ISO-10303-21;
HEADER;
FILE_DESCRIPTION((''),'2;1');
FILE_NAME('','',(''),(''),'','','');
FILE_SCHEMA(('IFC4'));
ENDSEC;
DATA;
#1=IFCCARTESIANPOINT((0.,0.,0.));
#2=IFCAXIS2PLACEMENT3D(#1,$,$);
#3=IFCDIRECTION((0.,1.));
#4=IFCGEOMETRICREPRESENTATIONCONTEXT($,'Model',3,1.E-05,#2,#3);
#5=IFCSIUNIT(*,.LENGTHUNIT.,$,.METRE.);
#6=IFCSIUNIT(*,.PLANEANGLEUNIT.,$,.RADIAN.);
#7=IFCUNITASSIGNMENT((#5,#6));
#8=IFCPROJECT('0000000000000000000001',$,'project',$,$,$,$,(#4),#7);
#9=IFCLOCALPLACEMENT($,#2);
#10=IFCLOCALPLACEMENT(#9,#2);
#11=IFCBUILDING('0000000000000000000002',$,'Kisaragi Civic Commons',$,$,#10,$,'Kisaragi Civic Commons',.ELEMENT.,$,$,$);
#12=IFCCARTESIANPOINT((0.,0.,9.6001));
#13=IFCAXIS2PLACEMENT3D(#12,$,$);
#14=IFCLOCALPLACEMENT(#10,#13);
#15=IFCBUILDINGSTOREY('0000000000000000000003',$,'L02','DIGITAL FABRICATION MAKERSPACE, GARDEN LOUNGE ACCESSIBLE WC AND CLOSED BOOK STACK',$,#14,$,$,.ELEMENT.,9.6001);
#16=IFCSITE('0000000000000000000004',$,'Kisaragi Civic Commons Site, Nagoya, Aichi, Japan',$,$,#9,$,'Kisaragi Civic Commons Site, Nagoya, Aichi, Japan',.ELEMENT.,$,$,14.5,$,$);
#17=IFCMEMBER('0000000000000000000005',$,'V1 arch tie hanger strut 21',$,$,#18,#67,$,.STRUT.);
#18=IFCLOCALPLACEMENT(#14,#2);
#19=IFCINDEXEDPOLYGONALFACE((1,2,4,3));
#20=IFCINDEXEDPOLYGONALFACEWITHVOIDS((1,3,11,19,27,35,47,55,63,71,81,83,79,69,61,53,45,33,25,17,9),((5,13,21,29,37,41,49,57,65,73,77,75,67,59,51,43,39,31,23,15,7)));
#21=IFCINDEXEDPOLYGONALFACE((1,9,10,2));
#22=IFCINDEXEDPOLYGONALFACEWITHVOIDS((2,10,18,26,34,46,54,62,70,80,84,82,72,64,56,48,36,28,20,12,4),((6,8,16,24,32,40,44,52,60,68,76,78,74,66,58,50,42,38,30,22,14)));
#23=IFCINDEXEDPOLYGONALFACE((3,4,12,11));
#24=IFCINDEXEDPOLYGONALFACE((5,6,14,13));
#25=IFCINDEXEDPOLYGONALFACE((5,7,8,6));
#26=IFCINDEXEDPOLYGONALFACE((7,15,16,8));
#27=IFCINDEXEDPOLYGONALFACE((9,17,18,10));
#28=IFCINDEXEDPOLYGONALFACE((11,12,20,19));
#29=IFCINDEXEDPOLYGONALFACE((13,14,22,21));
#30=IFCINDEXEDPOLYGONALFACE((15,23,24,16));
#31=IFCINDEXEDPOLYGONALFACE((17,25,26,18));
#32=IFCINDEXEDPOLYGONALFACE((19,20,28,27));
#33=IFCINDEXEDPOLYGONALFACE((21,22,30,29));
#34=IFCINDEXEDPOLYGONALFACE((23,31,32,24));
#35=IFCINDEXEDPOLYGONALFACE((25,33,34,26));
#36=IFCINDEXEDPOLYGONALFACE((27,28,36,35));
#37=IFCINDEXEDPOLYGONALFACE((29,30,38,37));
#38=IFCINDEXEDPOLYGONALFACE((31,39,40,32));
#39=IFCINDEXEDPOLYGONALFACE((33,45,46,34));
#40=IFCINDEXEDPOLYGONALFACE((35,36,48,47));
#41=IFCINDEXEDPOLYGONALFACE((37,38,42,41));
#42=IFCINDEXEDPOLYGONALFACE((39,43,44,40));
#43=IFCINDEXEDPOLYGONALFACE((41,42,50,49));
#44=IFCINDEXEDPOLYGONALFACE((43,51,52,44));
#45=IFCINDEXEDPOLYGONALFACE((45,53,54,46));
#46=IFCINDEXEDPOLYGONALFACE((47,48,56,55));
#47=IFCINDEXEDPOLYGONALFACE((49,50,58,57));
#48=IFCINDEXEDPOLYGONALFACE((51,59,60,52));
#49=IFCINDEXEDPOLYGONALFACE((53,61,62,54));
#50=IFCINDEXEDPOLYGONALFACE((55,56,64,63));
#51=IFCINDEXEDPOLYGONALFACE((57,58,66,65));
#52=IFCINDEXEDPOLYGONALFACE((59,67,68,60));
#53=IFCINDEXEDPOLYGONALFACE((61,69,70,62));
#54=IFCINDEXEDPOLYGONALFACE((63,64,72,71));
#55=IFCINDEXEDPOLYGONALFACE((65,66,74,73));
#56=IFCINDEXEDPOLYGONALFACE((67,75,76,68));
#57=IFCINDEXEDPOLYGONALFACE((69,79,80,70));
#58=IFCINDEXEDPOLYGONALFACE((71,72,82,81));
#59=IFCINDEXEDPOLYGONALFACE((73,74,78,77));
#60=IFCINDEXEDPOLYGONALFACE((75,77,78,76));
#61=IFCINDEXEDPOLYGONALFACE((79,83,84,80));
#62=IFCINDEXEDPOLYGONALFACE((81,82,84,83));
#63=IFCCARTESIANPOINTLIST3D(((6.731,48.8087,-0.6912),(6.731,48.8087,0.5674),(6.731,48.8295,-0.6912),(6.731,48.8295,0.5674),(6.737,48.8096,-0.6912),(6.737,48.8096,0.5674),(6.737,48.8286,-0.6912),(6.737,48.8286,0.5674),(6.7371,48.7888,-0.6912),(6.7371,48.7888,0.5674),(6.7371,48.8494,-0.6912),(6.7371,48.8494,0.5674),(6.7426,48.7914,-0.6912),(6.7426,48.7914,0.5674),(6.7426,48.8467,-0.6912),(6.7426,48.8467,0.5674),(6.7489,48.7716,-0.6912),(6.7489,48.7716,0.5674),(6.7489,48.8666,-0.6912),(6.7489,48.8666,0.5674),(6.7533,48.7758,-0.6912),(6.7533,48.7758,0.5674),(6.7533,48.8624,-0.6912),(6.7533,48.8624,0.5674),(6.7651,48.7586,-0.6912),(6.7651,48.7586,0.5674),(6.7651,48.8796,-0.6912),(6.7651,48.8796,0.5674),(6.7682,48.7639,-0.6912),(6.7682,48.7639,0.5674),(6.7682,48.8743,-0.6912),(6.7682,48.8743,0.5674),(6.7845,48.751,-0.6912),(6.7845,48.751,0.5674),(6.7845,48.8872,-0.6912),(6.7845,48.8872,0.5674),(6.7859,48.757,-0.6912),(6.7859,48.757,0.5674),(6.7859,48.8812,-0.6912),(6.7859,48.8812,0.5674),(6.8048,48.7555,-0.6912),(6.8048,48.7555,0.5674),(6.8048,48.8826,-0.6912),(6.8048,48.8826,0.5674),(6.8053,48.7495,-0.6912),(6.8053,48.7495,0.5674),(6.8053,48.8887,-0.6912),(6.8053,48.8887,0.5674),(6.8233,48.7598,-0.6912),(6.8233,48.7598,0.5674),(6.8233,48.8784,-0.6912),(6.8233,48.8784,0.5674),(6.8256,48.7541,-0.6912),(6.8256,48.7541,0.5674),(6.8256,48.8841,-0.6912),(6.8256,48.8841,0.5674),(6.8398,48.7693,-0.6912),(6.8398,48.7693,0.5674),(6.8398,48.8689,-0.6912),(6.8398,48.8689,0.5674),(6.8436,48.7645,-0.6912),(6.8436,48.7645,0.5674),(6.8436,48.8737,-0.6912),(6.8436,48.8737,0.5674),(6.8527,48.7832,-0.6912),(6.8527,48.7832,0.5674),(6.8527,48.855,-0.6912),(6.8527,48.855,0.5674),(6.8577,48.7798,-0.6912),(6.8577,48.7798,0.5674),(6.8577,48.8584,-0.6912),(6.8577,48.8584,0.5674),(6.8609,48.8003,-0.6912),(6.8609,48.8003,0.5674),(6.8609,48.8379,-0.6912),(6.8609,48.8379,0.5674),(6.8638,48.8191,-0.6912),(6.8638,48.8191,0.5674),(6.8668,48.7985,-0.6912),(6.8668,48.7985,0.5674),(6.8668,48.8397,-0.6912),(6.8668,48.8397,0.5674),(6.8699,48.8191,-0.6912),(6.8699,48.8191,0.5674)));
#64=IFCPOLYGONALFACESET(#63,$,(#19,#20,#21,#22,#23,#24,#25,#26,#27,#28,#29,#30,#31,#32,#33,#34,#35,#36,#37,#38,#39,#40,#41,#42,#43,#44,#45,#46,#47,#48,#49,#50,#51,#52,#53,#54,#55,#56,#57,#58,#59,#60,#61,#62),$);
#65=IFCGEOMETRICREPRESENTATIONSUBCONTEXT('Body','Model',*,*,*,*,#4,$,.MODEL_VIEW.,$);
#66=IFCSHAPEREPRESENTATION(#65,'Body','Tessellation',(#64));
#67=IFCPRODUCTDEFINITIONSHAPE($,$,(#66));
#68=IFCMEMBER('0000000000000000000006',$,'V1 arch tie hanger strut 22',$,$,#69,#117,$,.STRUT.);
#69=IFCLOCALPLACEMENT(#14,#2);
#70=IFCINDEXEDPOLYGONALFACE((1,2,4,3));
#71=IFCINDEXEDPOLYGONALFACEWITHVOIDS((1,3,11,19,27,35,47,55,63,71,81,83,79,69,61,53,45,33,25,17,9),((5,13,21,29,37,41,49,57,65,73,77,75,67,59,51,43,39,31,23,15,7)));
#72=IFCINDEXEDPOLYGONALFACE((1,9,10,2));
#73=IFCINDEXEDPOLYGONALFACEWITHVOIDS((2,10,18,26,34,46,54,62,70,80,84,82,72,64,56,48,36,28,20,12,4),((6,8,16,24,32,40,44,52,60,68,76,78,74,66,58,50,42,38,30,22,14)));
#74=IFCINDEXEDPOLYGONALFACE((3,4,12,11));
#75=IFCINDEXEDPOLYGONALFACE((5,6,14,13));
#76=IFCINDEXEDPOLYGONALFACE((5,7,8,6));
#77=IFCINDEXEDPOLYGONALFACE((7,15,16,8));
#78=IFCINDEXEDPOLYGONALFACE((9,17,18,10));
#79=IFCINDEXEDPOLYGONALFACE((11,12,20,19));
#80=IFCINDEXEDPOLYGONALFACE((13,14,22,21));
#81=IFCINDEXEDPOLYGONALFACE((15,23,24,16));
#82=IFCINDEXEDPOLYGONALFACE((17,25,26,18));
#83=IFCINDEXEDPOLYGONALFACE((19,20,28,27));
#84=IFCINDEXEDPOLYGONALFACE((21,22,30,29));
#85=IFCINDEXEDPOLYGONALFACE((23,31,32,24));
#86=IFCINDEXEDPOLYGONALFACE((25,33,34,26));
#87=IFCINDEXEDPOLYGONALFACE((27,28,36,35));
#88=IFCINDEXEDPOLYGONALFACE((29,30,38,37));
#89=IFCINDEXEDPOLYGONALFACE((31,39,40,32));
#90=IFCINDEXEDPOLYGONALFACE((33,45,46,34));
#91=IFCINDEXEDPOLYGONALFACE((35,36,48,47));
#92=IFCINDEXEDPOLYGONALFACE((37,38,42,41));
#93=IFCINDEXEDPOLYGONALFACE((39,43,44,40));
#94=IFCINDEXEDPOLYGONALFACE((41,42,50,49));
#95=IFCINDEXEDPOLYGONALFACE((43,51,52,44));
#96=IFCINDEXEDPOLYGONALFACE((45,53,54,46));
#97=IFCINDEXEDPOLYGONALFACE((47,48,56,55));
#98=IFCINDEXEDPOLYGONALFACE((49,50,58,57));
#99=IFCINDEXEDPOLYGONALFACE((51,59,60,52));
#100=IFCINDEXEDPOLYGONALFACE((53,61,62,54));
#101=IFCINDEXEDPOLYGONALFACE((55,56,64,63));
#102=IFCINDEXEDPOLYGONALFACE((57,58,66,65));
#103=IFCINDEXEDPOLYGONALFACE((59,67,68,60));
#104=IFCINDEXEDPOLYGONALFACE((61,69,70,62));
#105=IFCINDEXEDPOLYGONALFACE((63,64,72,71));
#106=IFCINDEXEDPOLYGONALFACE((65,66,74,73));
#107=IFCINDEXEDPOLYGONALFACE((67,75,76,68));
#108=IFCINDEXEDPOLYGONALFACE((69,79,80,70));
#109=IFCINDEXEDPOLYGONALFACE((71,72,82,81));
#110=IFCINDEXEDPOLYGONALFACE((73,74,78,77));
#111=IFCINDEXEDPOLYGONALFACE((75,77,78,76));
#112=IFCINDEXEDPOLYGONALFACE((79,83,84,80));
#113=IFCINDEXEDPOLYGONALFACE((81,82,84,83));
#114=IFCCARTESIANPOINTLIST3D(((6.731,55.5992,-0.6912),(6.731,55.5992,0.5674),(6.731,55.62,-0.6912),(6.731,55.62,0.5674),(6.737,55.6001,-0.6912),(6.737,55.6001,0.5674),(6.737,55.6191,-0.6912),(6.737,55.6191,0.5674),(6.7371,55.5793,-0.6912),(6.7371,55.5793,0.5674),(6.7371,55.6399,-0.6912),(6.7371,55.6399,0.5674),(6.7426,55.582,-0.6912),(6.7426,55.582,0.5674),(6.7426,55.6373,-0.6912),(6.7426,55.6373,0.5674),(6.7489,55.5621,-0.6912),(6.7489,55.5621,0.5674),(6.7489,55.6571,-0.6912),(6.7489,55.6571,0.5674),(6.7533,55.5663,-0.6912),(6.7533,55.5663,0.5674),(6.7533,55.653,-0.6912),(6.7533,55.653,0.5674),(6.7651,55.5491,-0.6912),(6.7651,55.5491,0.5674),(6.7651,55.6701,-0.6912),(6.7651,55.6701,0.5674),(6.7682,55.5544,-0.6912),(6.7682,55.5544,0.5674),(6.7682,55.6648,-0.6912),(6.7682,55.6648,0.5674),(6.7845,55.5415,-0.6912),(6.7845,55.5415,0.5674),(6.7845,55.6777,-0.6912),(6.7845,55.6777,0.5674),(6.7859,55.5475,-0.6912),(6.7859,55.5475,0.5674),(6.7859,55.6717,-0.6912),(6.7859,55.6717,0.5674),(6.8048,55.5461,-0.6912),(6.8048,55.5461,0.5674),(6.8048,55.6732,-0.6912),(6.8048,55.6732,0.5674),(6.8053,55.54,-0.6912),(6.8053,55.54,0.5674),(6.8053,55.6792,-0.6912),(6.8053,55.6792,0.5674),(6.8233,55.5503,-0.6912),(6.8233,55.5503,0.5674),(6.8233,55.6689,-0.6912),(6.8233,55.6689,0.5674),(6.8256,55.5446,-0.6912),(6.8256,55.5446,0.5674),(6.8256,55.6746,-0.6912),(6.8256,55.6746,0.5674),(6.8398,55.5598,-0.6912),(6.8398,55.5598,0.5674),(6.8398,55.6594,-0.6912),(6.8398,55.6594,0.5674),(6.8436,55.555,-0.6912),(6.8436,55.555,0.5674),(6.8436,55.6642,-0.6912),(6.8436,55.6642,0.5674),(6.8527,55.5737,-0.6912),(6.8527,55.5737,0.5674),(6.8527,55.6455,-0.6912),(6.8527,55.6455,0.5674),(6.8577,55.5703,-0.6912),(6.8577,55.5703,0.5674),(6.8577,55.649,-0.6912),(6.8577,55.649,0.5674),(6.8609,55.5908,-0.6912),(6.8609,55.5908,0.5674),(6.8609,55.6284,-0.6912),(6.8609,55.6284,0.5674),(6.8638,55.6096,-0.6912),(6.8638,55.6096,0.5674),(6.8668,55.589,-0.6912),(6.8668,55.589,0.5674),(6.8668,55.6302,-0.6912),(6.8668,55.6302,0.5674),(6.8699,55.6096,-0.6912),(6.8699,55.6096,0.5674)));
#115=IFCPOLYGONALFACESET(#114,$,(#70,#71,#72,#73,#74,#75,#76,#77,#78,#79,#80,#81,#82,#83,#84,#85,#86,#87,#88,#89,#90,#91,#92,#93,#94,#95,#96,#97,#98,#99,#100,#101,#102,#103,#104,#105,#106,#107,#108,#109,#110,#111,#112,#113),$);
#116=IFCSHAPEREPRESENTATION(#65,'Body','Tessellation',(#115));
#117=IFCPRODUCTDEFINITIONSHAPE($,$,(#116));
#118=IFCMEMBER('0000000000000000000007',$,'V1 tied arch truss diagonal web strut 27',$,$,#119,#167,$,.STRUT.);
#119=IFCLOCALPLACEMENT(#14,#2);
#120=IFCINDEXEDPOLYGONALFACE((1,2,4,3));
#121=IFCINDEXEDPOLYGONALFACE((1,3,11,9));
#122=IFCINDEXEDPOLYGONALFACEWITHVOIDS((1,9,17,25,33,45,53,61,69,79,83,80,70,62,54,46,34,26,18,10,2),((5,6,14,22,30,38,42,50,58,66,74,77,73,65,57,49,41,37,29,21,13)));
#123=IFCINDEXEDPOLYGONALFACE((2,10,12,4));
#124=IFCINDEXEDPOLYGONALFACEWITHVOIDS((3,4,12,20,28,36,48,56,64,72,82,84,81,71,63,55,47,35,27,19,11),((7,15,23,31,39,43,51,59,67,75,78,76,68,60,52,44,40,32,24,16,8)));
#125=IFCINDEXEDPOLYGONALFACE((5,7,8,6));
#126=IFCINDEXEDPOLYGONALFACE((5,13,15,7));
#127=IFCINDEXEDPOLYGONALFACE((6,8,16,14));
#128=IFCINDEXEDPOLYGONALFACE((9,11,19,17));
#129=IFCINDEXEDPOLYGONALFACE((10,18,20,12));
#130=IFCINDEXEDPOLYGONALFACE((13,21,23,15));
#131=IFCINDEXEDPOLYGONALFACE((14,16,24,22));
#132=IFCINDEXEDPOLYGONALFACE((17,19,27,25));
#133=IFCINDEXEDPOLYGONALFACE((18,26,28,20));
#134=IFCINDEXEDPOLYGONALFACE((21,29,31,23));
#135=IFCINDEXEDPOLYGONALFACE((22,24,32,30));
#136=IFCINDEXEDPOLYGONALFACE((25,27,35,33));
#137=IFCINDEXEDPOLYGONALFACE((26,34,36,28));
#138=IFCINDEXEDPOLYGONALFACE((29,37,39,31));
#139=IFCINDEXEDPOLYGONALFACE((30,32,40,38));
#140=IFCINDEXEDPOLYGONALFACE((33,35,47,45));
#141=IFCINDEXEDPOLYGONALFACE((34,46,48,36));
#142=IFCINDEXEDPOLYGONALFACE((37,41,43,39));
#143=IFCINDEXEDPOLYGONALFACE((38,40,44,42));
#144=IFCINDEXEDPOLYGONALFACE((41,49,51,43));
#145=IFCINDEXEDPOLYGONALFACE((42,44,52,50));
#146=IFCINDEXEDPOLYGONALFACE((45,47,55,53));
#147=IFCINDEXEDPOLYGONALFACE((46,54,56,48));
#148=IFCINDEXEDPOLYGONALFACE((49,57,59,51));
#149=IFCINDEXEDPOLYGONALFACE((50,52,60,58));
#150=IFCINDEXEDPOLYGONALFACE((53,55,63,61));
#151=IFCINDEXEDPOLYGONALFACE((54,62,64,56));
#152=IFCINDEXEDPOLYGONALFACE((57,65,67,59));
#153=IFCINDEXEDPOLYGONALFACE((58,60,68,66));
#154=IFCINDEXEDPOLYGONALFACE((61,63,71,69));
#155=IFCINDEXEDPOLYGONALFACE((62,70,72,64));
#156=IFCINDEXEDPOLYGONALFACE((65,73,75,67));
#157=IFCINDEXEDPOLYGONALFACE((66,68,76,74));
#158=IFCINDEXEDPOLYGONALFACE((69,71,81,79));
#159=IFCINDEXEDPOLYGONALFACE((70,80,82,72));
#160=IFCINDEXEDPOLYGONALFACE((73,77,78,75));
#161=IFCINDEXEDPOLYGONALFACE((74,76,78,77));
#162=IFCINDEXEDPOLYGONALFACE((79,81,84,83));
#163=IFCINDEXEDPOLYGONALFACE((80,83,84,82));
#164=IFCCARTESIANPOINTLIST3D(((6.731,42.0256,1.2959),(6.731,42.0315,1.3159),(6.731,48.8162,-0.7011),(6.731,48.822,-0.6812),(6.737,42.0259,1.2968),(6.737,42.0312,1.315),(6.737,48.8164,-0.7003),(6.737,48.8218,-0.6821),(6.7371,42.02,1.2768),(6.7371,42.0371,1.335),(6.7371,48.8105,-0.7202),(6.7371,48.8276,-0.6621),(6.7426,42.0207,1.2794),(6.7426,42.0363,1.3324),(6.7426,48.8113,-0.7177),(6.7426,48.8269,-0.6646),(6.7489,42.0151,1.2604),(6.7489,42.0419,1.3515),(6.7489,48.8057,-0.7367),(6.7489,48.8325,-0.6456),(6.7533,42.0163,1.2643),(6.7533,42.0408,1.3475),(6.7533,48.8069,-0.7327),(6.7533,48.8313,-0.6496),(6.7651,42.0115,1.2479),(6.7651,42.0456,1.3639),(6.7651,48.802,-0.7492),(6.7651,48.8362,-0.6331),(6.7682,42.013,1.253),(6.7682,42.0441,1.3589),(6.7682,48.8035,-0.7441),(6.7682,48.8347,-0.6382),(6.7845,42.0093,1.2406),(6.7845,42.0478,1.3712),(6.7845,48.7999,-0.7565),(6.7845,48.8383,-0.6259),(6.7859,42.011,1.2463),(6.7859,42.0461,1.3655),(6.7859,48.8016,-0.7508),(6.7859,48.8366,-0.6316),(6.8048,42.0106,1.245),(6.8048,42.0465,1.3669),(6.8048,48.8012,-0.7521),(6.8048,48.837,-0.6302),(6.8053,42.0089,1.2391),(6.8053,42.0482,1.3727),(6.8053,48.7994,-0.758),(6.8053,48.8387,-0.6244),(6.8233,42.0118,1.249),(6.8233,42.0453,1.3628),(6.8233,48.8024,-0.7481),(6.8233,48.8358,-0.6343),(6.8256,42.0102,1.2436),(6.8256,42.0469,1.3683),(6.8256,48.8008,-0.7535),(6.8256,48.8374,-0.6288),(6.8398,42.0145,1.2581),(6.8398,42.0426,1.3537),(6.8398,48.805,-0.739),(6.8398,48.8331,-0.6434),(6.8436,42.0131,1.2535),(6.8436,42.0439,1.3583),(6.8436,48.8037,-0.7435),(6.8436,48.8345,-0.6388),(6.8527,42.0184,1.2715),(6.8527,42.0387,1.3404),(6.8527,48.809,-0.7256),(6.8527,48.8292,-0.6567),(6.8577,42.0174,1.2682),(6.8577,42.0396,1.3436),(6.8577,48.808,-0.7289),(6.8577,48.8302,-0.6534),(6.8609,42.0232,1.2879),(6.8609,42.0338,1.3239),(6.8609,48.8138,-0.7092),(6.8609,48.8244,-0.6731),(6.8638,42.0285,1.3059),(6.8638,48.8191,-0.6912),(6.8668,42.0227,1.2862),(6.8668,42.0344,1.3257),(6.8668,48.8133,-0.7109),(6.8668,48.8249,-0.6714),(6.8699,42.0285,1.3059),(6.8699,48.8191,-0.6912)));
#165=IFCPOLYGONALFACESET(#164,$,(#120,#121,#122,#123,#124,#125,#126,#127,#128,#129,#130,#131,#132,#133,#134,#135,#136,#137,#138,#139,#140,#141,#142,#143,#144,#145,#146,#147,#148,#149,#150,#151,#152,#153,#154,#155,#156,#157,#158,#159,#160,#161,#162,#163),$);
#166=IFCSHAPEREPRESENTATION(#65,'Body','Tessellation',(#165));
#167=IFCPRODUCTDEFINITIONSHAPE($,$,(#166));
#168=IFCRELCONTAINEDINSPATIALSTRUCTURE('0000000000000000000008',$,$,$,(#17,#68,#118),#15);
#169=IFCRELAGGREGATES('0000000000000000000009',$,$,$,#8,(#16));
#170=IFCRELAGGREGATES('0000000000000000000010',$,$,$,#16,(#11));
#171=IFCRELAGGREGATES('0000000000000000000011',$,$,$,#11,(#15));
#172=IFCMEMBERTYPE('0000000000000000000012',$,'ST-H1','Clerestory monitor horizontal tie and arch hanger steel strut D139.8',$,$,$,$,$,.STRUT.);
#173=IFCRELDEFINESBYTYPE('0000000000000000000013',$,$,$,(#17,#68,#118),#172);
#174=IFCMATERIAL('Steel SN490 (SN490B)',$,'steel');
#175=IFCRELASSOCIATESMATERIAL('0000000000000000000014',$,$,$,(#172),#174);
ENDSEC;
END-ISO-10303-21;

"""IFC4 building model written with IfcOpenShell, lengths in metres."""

from ifc_helpers import new_model, si_unit, direction, frame, origin, origin_2d, place, context, subcontext, project, spatial, hollow_circle, extrude, material, material_profile, profile_set, type_object, element, save


model = new_model("IFC4")

# Units and contexts
model_context = context("Model", 3, precision=1e-05, world=origin(), true_north=direction((0.0, 1.0)))
body_context = subcontext(model_context, "Body", "Model", "MODEL_VIEW")
ifc_project = project(units=[si_unit("LENGTHUNIT", "METRE"), si_unit("PLANEANGLEUNIT", "RADIAN")], contexts=[model_context])

# Site, building, storey
site_placement = place(None, origin())
site = spatial("IfcSite", under=ifc_project, at=site_placement, Name="Kisaragi Civic Commons Site, Nagoya, Aichi, Japan", LongName="Kisaragi Civic Commons Site, Nagoya, Aichi, Japan", CompositionType="ELEMENT", RefElevation=14.5)
building_placement = place(site_placement, origin())
building = spatial("IfcBuilding", under=site, at=building_placement, Name="Kisaragi Civic Commons", LongName="Kisaragi Civic Commons", CompositionType="ELEMENT")
storey_placement = place(building_placement, frame((0.0, 0.0, 9.6001)))
storey = spatial("IfcBuildingStorey", under=building, at=storey_placement, Name="L02", Description="DIGITAL FABRICATION MAKERSPACE, GARDEN LOUNGE ACCESSIBLE WC AND CLOSED BOOK STACK", CompositionType="ELEMENT", Elevation=9.6001)

# Members
ifc_material_1 = material(Name="Steel SN490 (SN490B)", Category="steel")
ifc_material_profile_1 = material_profile(ifc_material_1, hollow_circle(Radius=0.0698, WallThickness=0.0061, at=origin_2d()), Name="CHS-139.8x6.0", Category="steel")
ifc_profile_set_1 = profile_set([ifc_material_profile_1], Name="Steel SN490 (SN490B)")
member_type_1 = type_object("IfcMemberType", Name="ST-H1", Description="Clerestory monitor horizontal tie and arch hanger steel strut D139.8", PredefinedType="STRUT", material=ifc_profile_set_1)
for number, where, z_axis, x_axis, name in (
    (1, (6.8, 48.8191, -0.6912), (0.0, 0.0, 1.0), (1.0, 0.0, 0.0), "V1 arch tie hanger strut 21"),
    (2, (6.8, 55.6096, -0.6912), (0.0, 0.0, 1.0), (1.0, 0.0, 0.0), "V1 arch tie hanger strut 22"),
):
    element("IfcMember", number, at=place(storey_placement, frame(where, z_axis=z_axis, x_axis=x_axis)), inside=storey, type_object=member_type_1, Name=name, PredefinedType="STRUT", context=body_context, shape_type="SweptSolid", body=[
        extrude(hollow_circle(Radius=0.0698, WallThickness=0.0061, at=origin_2d()), origin(), (0.0, 0.0, 1.0), 1.2585),
    ])
member_1_placement = place(storey_placement, frame((6.8, 48.8191, -0.6912), z_axis=(0.0, -0.959371, 0.282148), x_axis=(1.0, 0.0, 0.0)))
element("IfcMember", 3, at=member_1_placement, inside=storey, type_object=member_type_1, Name="V1 tied arch truss diagonal web strut 27", PredefinedType="STRUT", context=body_context, shape_type="SweptSolid", body=[
    extrude(hollow_circle(Radius=0.0698, WallThickness=0.0061, at=origin_2d()), origin(), (0.0, 0.0, 1.0), 7.0781),
])

save(model, "model.ifc")
